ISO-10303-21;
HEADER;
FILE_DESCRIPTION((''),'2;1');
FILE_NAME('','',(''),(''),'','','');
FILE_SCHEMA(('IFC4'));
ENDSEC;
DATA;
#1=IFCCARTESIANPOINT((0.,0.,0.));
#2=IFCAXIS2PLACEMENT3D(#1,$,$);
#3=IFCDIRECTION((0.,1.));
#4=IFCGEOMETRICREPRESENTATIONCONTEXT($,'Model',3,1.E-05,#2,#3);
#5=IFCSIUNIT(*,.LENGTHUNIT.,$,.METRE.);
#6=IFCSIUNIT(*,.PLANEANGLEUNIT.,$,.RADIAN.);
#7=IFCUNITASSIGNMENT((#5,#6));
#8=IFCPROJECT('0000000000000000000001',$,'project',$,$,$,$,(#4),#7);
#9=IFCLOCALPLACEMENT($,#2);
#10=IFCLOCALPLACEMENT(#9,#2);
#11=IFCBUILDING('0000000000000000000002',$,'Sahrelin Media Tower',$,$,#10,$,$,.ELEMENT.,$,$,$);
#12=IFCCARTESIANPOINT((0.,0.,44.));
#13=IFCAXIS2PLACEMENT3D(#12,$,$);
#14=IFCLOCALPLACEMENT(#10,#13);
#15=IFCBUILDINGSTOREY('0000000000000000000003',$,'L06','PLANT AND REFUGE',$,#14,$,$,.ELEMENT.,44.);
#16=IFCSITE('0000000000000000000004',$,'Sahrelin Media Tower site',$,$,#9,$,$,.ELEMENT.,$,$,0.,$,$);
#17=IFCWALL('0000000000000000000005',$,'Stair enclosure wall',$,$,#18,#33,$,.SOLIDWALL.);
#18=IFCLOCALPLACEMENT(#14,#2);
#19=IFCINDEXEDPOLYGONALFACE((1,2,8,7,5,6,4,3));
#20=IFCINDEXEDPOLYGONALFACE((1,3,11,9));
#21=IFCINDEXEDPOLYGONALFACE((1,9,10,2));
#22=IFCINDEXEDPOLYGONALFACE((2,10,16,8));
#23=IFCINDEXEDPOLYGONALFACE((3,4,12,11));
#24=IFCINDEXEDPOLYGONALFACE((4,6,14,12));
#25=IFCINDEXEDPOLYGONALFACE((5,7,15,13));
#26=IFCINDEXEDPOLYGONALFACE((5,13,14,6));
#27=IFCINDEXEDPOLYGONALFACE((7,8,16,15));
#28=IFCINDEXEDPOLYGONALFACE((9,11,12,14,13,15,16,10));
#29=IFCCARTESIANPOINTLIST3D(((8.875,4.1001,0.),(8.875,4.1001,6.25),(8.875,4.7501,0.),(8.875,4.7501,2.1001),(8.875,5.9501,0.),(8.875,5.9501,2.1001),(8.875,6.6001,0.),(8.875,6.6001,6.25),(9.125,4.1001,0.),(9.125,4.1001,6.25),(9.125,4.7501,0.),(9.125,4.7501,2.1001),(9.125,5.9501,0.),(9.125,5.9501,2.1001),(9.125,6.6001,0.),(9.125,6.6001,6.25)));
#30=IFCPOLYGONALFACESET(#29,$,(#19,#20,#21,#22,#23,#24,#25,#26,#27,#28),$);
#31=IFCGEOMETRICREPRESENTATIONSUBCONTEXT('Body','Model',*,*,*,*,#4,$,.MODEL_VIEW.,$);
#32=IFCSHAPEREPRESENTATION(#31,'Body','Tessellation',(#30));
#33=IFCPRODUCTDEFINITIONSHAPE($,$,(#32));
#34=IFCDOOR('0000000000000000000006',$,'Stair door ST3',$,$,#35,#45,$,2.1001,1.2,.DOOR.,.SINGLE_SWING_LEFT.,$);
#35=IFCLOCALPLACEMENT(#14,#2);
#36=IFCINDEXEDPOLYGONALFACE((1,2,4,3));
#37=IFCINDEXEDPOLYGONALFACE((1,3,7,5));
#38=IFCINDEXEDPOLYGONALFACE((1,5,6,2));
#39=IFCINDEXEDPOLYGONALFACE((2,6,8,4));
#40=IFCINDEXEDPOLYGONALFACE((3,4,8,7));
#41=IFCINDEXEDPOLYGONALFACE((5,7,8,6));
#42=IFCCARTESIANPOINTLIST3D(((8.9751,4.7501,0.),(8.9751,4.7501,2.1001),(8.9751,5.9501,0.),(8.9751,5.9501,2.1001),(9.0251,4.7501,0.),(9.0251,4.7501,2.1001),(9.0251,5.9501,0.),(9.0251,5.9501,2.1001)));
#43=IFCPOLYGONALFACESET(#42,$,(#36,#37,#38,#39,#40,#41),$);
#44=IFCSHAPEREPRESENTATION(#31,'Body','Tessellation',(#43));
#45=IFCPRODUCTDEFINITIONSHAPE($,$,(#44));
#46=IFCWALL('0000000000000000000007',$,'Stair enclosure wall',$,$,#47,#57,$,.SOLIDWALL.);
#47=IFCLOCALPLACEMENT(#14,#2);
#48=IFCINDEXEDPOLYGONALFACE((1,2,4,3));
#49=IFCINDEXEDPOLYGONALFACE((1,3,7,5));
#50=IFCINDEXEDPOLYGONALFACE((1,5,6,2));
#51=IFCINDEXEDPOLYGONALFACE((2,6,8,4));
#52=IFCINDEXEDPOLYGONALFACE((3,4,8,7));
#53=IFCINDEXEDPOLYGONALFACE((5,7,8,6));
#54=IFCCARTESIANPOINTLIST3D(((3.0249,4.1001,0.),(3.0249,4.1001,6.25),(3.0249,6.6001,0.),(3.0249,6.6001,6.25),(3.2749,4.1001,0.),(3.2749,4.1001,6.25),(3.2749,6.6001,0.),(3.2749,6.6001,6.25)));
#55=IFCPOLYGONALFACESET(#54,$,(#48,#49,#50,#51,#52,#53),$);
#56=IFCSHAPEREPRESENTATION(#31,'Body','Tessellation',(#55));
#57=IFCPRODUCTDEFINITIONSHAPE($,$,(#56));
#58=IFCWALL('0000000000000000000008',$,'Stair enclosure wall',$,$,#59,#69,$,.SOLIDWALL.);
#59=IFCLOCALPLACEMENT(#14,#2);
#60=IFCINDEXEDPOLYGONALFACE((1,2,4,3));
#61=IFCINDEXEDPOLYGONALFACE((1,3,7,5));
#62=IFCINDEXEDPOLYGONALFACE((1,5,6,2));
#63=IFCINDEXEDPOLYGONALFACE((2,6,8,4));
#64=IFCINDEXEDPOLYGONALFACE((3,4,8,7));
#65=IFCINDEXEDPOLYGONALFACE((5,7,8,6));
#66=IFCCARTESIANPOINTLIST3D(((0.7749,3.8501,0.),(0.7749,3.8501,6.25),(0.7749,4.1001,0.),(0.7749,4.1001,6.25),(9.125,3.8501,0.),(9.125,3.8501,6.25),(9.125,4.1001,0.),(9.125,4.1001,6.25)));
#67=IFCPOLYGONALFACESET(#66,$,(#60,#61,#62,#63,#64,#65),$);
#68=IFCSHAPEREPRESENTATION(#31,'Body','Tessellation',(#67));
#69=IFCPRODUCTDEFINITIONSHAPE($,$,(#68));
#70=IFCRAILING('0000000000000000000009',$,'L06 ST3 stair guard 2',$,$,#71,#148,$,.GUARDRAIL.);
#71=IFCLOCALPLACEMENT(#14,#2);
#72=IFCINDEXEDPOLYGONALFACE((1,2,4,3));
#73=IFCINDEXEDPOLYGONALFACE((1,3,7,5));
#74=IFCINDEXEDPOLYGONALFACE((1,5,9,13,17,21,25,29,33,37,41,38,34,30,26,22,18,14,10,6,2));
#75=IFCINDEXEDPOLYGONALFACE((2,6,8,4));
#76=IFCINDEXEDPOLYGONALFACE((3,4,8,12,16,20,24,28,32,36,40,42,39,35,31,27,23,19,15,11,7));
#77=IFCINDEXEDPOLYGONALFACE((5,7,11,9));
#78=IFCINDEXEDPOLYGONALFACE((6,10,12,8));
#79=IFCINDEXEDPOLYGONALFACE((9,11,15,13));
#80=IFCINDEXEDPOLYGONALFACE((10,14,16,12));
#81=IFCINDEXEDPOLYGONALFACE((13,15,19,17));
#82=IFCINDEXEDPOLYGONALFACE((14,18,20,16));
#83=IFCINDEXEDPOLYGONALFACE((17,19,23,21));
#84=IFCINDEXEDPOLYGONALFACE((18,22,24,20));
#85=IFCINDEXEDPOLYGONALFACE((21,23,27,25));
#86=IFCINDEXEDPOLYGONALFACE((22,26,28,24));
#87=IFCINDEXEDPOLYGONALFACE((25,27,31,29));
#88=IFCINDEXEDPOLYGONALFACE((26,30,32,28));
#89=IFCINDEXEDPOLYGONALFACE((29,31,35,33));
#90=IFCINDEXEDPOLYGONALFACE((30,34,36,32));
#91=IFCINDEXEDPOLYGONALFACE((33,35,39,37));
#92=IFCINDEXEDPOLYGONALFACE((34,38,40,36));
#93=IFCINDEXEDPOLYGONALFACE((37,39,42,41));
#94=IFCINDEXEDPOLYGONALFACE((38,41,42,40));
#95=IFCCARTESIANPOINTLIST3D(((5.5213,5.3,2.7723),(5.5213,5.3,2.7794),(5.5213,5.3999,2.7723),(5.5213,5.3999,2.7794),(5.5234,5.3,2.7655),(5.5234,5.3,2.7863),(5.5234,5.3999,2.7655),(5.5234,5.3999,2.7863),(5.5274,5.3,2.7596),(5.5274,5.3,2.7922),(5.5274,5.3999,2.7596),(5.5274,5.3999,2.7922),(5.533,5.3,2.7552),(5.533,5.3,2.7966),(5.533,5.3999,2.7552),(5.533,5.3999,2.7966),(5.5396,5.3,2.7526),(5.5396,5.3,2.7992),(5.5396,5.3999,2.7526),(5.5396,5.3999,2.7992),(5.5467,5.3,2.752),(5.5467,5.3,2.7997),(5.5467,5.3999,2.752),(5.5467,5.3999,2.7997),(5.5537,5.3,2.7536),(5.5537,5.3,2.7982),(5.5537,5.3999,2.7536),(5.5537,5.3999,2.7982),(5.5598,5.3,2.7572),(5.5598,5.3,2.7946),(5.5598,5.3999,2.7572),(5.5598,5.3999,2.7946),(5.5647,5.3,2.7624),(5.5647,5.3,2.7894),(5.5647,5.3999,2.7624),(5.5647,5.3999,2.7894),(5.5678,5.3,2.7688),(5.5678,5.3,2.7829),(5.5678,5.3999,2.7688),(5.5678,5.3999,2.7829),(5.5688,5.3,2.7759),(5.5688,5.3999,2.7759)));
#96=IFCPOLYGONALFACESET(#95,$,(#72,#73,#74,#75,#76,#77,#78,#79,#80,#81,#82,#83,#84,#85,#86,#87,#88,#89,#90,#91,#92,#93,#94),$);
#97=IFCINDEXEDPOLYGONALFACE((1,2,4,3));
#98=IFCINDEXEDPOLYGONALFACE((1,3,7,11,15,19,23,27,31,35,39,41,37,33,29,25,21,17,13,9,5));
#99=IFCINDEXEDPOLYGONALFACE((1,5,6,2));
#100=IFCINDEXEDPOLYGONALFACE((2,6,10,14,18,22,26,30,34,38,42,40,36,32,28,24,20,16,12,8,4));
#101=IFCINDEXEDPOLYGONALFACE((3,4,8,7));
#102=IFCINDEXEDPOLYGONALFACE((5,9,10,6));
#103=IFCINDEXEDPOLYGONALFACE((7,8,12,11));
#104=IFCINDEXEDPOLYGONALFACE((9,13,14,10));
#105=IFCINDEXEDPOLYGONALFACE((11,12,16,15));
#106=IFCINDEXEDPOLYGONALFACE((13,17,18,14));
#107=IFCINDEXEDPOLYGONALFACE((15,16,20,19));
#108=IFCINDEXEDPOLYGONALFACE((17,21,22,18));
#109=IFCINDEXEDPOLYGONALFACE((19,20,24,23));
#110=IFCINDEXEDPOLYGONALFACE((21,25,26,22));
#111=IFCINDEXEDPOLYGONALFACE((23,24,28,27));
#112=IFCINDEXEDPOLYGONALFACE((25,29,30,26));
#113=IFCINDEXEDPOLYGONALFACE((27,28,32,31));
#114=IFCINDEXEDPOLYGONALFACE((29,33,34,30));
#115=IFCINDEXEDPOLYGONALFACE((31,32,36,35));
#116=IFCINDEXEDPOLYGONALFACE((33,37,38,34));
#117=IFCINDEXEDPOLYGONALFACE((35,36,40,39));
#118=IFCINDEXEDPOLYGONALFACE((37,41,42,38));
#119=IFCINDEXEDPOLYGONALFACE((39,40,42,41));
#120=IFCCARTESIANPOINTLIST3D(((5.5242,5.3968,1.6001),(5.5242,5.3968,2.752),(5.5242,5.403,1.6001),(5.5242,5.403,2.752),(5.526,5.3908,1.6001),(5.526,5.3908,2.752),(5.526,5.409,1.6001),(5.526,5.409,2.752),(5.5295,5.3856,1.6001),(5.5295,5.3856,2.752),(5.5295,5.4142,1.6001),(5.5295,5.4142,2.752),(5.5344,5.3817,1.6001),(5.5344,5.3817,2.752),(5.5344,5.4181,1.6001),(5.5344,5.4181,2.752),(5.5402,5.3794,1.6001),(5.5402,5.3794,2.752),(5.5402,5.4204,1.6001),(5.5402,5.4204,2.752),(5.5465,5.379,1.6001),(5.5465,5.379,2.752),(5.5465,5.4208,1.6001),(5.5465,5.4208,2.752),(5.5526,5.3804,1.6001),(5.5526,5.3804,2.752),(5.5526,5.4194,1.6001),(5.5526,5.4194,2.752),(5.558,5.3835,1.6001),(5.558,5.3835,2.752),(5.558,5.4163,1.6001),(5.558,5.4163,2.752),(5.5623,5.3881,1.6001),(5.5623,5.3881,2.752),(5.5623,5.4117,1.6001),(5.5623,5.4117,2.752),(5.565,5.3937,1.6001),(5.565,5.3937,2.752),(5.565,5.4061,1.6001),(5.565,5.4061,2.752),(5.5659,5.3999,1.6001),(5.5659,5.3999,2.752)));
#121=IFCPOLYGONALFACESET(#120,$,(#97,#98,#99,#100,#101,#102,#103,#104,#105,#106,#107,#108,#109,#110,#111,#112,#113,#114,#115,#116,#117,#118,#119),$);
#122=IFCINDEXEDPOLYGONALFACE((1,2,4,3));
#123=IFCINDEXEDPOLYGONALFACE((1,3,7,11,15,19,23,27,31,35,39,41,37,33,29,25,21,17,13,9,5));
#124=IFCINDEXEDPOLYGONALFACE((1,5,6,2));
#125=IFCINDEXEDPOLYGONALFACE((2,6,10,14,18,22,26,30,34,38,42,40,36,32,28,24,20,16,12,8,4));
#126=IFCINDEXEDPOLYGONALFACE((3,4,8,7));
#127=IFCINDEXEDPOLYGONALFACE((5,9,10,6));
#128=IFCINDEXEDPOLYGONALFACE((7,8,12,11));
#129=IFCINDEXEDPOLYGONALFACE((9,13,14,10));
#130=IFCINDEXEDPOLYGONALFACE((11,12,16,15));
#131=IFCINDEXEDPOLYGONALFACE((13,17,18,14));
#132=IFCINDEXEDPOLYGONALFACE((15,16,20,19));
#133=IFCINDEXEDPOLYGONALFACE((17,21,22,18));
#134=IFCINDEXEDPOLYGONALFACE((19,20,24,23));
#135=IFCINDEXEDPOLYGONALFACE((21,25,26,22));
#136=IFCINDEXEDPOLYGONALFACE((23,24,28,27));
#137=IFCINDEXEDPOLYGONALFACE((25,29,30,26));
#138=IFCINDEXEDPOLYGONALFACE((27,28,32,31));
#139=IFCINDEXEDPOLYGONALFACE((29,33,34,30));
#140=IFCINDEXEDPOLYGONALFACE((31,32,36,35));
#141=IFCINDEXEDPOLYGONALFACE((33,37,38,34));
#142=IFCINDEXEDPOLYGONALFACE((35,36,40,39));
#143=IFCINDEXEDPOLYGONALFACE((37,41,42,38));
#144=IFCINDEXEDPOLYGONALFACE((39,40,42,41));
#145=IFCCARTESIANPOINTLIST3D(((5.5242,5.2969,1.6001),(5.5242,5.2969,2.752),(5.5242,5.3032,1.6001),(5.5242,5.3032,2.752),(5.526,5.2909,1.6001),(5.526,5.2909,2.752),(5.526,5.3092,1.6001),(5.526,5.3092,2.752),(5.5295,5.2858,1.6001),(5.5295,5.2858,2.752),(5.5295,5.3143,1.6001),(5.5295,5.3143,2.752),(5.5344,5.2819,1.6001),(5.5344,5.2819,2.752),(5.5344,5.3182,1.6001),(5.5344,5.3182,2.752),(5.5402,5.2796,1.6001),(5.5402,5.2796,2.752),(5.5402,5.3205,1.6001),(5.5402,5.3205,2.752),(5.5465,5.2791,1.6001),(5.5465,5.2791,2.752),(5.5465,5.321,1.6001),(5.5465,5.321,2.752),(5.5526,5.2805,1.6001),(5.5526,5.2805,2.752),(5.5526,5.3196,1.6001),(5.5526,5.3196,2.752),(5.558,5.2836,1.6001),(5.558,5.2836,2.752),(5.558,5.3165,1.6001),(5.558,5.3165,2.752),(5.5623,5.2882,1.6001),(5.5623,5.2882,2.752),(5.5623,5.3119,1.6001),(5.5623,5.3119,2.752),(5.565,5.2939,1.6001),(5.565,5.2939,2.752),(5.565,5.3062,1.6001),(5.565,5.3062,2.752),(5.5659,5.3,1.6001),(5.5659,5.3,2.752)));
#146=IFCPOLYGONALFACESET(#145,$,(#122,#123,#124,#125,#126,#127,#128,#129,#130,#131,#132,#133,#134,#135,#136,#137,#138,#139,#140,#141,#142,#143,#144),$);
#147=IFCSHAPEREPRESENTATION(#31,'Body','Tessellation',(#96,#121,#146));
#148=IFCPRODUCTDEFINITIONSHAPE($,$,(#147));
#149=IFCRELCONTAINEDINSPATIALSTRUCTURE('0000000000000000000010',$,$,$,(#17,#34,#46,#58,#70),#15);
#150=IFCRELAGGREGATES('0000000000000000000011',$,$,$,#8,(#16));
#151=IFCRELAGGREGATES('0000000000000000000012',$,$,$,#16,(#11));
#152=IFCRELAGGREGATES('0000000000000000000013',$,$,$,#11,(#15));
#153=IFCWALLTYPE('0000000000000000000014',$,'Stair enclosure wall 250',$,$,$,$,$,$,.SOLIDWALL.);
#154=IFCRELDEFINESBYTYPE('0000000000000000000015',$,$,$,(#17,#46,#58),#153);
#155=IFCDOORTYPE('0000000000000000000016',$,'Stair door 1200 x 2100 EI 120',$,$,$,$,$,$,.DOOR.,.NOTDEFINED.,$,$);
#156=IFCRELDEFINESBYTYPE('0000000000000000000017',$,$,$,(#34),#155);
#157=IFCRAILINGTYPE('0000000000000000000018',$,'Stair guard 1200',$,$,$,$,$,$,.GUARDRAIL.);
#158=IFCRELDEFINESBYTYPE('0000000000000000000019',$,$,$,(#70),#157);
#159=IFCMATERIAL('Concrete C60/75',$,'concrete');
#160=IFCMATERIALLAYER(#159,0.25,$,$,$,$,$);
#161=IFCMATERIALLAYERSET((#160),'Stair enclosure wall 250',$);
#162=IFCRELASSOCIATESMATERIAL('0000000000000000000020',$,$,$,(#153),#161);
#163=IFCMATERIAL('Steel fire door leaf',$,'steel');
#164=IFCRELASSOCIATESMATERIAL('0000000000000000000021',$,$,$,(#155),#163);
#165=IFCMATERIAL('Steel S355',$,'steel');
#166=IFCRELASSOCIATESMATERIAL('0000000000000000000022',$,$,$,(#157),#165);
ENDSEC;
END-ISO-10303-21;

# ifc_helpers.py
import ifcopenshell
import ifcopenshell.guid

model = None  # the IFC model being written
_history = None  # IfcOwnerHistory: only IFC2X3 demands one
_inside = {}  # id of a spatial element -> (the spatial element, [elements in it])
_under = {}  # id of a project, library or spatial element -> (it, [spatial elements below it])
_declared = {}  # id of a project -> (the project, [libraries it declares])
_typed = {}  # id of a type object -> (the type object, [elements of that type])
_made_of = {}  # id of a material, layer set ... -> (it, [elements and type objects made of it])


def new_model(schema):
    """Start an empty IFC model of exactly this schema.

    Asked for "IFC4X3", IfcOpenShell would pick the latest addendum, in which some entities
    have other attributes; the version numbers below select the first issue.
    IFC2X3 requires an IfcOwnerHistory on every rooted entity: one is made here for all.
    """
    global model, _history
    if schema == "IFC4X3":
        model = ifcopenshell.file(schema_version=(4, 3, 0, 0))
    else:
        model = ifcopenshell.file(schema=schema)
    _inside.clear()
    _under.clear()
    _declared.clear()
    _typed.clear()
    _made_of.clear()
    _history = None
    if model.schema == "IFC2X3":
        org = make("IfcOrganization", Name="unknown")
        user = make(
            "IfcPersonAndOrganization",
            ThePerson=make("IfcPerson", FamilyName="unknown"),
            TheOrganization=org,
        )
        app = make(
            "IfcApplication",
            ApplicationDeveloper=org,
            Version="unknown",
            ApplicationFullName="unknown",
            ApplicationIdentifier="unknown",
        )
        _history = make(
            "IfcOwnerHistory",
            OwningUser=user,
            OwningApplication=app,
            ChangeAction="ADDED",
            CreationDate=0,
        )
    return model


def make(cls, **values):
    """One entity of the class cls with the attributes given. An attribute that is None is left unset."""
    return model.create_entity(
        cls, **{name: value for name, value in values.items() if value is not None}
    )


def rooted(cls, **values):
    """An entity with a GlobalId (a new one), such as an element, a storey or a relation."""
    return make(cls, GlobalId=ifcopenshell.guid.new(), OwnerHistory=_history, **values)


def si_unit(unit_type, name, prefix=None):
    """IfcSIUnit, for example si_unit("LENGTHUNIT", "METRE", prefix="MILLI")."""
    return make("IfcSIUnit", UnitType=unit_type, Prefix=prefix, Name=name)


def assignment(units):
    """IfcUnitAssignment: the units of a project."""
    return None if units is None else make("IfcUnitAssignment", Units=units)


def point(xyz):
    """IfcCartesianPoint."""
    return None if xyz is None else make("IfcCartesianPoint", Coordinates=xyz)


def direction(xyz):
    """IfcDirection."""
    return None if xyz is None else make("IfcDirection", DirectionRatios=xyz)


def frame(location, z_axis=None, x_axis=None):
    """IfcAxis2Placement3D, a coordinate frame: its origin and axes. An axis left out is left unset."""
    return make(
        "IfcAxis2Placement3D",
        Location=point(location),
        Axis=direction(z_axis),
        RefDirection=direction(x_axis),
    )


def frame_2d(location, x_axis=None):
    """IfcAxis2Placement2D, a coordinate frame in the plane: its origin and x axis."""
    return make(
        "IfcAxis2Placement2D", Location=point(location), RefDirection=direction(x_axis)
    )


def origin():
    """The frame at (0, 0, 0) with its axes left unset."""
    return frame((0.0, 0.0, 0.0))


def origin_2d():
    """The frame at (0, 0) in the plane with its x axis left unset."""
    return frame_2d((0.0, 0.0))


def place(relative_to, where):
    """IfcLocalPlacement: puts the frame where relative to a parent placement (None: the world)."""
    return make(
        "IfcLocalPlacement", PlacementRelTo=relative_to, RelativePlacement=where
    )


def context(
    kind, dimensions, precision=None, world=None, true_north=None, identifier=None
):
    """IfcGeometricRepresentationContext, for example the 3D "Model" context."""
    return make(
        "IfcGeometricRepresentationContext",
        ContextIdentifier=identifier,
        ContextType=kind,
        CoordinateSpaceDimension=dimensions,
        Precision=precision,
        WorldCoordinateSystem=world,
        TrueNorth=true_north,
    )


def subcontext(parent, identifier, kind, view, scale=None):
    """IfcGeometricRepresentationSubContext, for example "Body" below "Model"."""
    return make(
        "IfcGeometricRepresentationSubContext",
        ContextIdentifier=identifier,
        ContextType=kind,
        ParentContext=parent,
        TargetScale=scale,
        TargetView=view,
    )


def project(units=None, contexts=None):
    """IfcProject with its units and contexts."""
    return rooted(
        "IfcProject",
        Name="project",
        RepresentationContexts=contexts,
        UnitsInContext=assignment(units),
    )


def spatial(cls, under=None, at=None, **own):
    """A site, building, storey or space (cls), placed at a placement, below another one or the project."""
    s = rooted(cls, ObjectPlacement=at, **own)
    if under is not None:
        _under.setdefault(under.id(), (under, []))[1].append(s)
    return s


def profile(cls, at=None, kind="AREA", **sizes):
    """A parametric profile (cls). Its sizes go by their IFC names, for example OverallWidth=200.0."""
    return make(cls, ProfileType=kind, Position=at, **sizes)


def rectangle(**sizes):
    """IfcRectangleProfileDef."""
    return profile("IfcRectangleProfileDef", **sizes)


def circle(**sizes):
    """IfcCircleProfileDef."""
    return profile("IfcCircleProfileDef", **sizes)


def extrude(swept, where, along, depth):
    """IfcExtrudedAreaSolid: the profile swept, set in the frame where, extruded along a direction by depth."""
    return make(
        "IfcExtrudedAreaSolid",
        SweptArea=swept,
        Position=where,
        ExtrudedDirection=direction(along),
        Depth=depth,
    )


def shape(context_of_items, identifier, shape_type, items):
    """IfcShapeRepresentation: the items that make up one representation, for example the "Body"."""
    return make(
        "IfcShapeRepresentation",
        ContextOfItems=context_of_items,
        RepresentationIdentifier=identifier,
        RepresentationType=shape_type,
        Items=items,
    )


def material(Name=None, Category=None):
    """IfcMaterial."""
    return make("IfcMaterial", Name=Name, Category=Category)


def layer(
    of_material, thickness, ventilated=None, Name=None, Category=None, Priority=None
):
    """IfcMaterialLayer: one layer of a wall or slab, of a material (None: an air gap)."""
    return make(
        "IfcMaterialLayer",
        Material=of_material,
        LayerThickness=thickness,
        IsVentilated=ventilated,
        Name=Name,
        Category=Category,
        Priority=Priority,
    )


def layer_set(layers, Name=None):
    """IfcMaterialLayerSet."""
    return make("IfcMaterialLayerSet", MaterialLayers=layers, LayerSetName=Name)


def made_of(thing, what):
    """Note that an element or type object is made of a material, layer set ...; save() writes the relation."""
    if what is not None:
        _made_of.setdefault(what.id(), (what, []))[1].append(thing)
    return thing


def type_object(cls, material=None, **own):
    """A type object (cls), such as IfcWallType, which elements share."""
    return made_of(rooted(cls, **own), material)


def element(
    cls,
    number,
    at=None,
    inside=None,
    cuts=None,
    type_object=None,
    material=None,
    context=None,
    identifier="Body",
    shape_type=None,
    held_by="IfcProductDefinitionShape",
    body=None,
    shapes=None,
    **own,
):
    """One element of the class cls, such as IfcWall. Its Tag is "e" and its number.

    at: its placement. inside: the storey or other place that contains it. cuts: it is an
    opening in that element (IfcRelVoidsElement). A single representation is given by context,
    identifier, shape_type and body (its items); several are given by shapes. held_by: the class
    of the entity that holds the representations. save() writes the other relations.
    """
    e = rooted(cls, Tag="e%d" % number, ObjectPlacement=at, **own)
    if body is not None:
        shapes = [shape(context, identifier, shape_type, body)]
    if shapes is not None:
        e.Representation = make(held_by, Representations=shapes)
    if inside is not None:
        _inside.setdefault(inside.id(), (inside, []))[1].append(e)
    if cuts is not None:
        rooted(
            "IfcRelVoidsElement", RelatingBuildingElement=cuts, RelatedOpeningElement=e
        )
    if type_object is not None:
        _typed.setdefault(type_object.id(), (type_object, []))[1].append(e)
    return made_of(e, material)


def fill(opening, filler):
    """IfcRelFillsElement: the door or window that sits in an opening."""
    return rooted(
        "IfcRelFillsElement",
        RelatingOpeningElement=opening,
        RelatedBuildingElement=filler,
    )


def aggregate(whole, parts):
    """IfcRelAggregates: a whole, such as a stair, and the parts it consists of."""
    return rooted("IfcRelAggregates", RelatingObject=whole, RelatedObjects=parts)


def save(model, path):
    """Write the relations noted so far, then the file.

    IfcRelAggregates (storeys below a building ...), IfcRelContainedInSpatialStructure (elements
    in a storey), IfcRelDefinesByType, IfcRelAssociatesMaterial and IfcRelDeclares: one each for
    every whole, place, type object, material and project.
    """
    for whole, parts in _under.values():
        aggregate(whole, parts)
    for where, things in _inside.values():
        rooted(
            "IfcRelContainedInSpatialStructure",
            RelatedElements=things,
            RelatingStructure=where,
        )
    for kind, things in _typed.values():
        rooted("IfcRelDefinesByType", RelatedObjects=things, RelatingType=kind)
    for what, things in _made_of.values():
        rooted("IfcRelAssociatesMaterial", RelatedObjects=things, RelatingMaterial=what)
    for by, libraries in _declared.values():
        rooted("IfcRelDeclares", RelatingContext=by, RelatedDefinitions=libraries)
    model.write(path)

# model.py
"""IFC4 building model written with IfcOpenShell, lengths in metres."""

from ifc_helpers import new_model, si_unit, direction, frame, frame_2d, origin, origin_2d, place, context, subcontext, project, spatial, rectangle, circle, extrude, material, layer, layer_set, type_object, element, fill, save


model = new_model("IFC4")

# Units and contexts
model_context = context("Model", 3, precision=1e-05, world=origin(), true_north=direction((0.0, 1.0)))
body_context = subcontext(model_context, "Body", "Model", "MODEL_VIEW")
ifc_project = project(units=[si_unit("LENGTHUNIT", "METRE"), si_unit("PLANEANGLEUNIT", "RADIAN")], contexts=[model_context])

# Site, building, storey
site_placement = place(None, origin())
site = spatial("IfcSite", under=ifc_project, at=site_placement, Name="Sahrelin Media Tower site", CompositionType="ELEMENT", RefElevation=0.0)
building_placement = place(site_placement, origin())
building = spatial("IfcBuilding", under=site, at=building_placement, Name="Sahrelin Media Tower", CompositionType="ELEMENT")
storey_placement = place(building_placement, frame((0.0, 0.0, 44.0)))
storey = spatial("IfcBuildingStorey", under=building, at=storey_placement, Name="L06", Description="PLANT AND REFUGE", CompositionType="ELEMENT", Elevation=44.0)

# Shared definitions
ifc_material_1 = material(Name="Steel S355", Category="steel")

# Shared definitions
ifc_material_2 = material(Name="Concrete C60/75", Category="concrete")
ifc_material_3 = material(Name="Steel fire door leaf", Category="steel")

# Wall, opening, door
ifc_layer_1 = layer(ifc_material_2, 0.25)
ifc_layer_set_1 = layer_set([ifc_layer_1], Name="Stair enclosure wall 250")
wall_type_1 = type_object("IfcWallType", Name="Stair enclosure wall 250", PredefinedType="SOLIDWALL", material=ifc_layer_set_1)
wall_1_placement = place(storey_placement, frame((9.0, 4.1001, 0.0), z_axis=(0.0, 0.0, 1.0), x_axis=(0.0, 1.0, 0.0)))
wall_1 = element("IfcWall", 1, at=wall_1_placement, inside=storey, type_object=wall_type_1, Name="Stair enclosure wall", PredefinedType="SOLIDWALL", context=body_context, shape_type="SweptSolid", body=[
    extrude(rectangle(XDim=2.5, YDim=0.25, at=frame_2d((1.25, 0.0))), origin(), (0.0, 0.0, 1.0), 6.25),
])
opening_1_placement = place(wall_1_placement, frame((0.6499, 0.0, 0.0)))
opening_1 = element("IfcOpeningElement", 2, at=opening_1_placement, cuts=wall_1, PredefinedType="OPENING", context=body_context, shape_type="SweptSolid", body=[
    extrude(rectangle(XDim=1.2, YDim=2.1001, at=frame_2d((0.6001, 1.05))), frame((0.0, 0.125, 0.0), z_axis=(0.0, -1.0, 0.0), x_axis=(1.0, 0.0, 0.0)), (0.0, 0.0, 1.0), 0.25),
])
door_type_1 = type_object("IfcDoorType", Name="Stair door 1200 x 2100 EI 120", OperationType="NOTDEFINED", PredefinedType="DOOR", material=ifc_material_3)
door_1_placement = place(opening_1_placement, origin())
door_1 = element("IfcDoor", 3, at=door_1_placement, inside=storey, type_object=door_type_1, Name="Stair door ST3", OperationType="SINGLE_SWING_LEFT", OverallHeight=2.1001, OverallWidth=1.2, PredefinedType="DOOR", context=body_context, shape_type="SweptSolid", body=[
    extrude(rectangle(XDim=1.2, YDim=2.1001, at=frame_2d((0.6001, 1.05))), frame((0.0, 0.0249, 0.0), z_axis=(0.0, -1.0, 0.0), x_axis=(1.0, 0.0, 0.0)), (0.0, 0.0, 1.0), 0.05),
])
fill(opening_1, door_1)

# Walls
wall_2_placement = place(storey_placement, frame((3.1499, 4.1001, 0.0), z_axis=(0.0, 0.0, 1.0), x_axis=(0.0, 1.0, 0.0)))
element("IfcWall", 4, at=wall_2_placement, inside=storey, type_object=wall_type_1, Name="Stair enclosure wall", PredefinedType="SOLIDWALL", context=body_context, shape_type="SweptSolid", body=[
    extrude(rectangle(XDim=2.5, YDim=0.25, at=frame_2d((1.25, 0.0))), origin(), (0.0, 0.0, 1.0), 6.25),
])
wall_3_placement = place(storey_placement, frame((0.7749, 3.9751, 0.0), z_axis=(0.0, 0.0, 1.0), x_axis=(1.0, 0.0, 0.0)))
element("IfcWall", 5, at=wall_3_placement, inside=storey, type_object=wall_type_1, Name="Stair enclosure wall", PredefinedType="SOLIDWALL", context=body_context, shape_type="SweptSolid", body=[
    extrude(rectangle(XDim=8.3501, YDim=0.25, at=frame_2d((4.175, 0.0))), origin(), (0.0, 0.0, 1.0), 6.25),
])

# Railing
railing_type_1 = type_object("IfcRailingType", Name="Stair guard 1200", PredefinedType="GUARDRAIL", material=ifc_material_1)
railing_1_placement = place(storey_placement, frame((5.5449, 5.3999, 1.6001)))
element("IfcRailing", 6, at=railing_1_placement, inside=storey, type_object=railing_type_1, Name="L06 ST3 stair guard 2", PredefinedType="GUARDRAIL", context=body_context, shape_type="SweptSolid", body=[
    extrude(circle(Radius=0.0239, at=origin_2d()), frame((0.0, 0.0, 1.1758), z_axis=(0.0, -1.0, 0.0), x_axis=(1.0, 0.0, 0.0)), (0.0, 0.0, 1.0), 0.0999),
    extrude(circle(Radius=0.021, at=origin_2d()), origin(), (0.0, 0.0, 1.0), 1.1519),
    extrude(circle(Radius=0.021, at=origin_2d()), frame((0.0, -0.0999, 0.0)), (0.0, 0.0, 1.0), 1.1519),
])

save(model, "model.ifc")
